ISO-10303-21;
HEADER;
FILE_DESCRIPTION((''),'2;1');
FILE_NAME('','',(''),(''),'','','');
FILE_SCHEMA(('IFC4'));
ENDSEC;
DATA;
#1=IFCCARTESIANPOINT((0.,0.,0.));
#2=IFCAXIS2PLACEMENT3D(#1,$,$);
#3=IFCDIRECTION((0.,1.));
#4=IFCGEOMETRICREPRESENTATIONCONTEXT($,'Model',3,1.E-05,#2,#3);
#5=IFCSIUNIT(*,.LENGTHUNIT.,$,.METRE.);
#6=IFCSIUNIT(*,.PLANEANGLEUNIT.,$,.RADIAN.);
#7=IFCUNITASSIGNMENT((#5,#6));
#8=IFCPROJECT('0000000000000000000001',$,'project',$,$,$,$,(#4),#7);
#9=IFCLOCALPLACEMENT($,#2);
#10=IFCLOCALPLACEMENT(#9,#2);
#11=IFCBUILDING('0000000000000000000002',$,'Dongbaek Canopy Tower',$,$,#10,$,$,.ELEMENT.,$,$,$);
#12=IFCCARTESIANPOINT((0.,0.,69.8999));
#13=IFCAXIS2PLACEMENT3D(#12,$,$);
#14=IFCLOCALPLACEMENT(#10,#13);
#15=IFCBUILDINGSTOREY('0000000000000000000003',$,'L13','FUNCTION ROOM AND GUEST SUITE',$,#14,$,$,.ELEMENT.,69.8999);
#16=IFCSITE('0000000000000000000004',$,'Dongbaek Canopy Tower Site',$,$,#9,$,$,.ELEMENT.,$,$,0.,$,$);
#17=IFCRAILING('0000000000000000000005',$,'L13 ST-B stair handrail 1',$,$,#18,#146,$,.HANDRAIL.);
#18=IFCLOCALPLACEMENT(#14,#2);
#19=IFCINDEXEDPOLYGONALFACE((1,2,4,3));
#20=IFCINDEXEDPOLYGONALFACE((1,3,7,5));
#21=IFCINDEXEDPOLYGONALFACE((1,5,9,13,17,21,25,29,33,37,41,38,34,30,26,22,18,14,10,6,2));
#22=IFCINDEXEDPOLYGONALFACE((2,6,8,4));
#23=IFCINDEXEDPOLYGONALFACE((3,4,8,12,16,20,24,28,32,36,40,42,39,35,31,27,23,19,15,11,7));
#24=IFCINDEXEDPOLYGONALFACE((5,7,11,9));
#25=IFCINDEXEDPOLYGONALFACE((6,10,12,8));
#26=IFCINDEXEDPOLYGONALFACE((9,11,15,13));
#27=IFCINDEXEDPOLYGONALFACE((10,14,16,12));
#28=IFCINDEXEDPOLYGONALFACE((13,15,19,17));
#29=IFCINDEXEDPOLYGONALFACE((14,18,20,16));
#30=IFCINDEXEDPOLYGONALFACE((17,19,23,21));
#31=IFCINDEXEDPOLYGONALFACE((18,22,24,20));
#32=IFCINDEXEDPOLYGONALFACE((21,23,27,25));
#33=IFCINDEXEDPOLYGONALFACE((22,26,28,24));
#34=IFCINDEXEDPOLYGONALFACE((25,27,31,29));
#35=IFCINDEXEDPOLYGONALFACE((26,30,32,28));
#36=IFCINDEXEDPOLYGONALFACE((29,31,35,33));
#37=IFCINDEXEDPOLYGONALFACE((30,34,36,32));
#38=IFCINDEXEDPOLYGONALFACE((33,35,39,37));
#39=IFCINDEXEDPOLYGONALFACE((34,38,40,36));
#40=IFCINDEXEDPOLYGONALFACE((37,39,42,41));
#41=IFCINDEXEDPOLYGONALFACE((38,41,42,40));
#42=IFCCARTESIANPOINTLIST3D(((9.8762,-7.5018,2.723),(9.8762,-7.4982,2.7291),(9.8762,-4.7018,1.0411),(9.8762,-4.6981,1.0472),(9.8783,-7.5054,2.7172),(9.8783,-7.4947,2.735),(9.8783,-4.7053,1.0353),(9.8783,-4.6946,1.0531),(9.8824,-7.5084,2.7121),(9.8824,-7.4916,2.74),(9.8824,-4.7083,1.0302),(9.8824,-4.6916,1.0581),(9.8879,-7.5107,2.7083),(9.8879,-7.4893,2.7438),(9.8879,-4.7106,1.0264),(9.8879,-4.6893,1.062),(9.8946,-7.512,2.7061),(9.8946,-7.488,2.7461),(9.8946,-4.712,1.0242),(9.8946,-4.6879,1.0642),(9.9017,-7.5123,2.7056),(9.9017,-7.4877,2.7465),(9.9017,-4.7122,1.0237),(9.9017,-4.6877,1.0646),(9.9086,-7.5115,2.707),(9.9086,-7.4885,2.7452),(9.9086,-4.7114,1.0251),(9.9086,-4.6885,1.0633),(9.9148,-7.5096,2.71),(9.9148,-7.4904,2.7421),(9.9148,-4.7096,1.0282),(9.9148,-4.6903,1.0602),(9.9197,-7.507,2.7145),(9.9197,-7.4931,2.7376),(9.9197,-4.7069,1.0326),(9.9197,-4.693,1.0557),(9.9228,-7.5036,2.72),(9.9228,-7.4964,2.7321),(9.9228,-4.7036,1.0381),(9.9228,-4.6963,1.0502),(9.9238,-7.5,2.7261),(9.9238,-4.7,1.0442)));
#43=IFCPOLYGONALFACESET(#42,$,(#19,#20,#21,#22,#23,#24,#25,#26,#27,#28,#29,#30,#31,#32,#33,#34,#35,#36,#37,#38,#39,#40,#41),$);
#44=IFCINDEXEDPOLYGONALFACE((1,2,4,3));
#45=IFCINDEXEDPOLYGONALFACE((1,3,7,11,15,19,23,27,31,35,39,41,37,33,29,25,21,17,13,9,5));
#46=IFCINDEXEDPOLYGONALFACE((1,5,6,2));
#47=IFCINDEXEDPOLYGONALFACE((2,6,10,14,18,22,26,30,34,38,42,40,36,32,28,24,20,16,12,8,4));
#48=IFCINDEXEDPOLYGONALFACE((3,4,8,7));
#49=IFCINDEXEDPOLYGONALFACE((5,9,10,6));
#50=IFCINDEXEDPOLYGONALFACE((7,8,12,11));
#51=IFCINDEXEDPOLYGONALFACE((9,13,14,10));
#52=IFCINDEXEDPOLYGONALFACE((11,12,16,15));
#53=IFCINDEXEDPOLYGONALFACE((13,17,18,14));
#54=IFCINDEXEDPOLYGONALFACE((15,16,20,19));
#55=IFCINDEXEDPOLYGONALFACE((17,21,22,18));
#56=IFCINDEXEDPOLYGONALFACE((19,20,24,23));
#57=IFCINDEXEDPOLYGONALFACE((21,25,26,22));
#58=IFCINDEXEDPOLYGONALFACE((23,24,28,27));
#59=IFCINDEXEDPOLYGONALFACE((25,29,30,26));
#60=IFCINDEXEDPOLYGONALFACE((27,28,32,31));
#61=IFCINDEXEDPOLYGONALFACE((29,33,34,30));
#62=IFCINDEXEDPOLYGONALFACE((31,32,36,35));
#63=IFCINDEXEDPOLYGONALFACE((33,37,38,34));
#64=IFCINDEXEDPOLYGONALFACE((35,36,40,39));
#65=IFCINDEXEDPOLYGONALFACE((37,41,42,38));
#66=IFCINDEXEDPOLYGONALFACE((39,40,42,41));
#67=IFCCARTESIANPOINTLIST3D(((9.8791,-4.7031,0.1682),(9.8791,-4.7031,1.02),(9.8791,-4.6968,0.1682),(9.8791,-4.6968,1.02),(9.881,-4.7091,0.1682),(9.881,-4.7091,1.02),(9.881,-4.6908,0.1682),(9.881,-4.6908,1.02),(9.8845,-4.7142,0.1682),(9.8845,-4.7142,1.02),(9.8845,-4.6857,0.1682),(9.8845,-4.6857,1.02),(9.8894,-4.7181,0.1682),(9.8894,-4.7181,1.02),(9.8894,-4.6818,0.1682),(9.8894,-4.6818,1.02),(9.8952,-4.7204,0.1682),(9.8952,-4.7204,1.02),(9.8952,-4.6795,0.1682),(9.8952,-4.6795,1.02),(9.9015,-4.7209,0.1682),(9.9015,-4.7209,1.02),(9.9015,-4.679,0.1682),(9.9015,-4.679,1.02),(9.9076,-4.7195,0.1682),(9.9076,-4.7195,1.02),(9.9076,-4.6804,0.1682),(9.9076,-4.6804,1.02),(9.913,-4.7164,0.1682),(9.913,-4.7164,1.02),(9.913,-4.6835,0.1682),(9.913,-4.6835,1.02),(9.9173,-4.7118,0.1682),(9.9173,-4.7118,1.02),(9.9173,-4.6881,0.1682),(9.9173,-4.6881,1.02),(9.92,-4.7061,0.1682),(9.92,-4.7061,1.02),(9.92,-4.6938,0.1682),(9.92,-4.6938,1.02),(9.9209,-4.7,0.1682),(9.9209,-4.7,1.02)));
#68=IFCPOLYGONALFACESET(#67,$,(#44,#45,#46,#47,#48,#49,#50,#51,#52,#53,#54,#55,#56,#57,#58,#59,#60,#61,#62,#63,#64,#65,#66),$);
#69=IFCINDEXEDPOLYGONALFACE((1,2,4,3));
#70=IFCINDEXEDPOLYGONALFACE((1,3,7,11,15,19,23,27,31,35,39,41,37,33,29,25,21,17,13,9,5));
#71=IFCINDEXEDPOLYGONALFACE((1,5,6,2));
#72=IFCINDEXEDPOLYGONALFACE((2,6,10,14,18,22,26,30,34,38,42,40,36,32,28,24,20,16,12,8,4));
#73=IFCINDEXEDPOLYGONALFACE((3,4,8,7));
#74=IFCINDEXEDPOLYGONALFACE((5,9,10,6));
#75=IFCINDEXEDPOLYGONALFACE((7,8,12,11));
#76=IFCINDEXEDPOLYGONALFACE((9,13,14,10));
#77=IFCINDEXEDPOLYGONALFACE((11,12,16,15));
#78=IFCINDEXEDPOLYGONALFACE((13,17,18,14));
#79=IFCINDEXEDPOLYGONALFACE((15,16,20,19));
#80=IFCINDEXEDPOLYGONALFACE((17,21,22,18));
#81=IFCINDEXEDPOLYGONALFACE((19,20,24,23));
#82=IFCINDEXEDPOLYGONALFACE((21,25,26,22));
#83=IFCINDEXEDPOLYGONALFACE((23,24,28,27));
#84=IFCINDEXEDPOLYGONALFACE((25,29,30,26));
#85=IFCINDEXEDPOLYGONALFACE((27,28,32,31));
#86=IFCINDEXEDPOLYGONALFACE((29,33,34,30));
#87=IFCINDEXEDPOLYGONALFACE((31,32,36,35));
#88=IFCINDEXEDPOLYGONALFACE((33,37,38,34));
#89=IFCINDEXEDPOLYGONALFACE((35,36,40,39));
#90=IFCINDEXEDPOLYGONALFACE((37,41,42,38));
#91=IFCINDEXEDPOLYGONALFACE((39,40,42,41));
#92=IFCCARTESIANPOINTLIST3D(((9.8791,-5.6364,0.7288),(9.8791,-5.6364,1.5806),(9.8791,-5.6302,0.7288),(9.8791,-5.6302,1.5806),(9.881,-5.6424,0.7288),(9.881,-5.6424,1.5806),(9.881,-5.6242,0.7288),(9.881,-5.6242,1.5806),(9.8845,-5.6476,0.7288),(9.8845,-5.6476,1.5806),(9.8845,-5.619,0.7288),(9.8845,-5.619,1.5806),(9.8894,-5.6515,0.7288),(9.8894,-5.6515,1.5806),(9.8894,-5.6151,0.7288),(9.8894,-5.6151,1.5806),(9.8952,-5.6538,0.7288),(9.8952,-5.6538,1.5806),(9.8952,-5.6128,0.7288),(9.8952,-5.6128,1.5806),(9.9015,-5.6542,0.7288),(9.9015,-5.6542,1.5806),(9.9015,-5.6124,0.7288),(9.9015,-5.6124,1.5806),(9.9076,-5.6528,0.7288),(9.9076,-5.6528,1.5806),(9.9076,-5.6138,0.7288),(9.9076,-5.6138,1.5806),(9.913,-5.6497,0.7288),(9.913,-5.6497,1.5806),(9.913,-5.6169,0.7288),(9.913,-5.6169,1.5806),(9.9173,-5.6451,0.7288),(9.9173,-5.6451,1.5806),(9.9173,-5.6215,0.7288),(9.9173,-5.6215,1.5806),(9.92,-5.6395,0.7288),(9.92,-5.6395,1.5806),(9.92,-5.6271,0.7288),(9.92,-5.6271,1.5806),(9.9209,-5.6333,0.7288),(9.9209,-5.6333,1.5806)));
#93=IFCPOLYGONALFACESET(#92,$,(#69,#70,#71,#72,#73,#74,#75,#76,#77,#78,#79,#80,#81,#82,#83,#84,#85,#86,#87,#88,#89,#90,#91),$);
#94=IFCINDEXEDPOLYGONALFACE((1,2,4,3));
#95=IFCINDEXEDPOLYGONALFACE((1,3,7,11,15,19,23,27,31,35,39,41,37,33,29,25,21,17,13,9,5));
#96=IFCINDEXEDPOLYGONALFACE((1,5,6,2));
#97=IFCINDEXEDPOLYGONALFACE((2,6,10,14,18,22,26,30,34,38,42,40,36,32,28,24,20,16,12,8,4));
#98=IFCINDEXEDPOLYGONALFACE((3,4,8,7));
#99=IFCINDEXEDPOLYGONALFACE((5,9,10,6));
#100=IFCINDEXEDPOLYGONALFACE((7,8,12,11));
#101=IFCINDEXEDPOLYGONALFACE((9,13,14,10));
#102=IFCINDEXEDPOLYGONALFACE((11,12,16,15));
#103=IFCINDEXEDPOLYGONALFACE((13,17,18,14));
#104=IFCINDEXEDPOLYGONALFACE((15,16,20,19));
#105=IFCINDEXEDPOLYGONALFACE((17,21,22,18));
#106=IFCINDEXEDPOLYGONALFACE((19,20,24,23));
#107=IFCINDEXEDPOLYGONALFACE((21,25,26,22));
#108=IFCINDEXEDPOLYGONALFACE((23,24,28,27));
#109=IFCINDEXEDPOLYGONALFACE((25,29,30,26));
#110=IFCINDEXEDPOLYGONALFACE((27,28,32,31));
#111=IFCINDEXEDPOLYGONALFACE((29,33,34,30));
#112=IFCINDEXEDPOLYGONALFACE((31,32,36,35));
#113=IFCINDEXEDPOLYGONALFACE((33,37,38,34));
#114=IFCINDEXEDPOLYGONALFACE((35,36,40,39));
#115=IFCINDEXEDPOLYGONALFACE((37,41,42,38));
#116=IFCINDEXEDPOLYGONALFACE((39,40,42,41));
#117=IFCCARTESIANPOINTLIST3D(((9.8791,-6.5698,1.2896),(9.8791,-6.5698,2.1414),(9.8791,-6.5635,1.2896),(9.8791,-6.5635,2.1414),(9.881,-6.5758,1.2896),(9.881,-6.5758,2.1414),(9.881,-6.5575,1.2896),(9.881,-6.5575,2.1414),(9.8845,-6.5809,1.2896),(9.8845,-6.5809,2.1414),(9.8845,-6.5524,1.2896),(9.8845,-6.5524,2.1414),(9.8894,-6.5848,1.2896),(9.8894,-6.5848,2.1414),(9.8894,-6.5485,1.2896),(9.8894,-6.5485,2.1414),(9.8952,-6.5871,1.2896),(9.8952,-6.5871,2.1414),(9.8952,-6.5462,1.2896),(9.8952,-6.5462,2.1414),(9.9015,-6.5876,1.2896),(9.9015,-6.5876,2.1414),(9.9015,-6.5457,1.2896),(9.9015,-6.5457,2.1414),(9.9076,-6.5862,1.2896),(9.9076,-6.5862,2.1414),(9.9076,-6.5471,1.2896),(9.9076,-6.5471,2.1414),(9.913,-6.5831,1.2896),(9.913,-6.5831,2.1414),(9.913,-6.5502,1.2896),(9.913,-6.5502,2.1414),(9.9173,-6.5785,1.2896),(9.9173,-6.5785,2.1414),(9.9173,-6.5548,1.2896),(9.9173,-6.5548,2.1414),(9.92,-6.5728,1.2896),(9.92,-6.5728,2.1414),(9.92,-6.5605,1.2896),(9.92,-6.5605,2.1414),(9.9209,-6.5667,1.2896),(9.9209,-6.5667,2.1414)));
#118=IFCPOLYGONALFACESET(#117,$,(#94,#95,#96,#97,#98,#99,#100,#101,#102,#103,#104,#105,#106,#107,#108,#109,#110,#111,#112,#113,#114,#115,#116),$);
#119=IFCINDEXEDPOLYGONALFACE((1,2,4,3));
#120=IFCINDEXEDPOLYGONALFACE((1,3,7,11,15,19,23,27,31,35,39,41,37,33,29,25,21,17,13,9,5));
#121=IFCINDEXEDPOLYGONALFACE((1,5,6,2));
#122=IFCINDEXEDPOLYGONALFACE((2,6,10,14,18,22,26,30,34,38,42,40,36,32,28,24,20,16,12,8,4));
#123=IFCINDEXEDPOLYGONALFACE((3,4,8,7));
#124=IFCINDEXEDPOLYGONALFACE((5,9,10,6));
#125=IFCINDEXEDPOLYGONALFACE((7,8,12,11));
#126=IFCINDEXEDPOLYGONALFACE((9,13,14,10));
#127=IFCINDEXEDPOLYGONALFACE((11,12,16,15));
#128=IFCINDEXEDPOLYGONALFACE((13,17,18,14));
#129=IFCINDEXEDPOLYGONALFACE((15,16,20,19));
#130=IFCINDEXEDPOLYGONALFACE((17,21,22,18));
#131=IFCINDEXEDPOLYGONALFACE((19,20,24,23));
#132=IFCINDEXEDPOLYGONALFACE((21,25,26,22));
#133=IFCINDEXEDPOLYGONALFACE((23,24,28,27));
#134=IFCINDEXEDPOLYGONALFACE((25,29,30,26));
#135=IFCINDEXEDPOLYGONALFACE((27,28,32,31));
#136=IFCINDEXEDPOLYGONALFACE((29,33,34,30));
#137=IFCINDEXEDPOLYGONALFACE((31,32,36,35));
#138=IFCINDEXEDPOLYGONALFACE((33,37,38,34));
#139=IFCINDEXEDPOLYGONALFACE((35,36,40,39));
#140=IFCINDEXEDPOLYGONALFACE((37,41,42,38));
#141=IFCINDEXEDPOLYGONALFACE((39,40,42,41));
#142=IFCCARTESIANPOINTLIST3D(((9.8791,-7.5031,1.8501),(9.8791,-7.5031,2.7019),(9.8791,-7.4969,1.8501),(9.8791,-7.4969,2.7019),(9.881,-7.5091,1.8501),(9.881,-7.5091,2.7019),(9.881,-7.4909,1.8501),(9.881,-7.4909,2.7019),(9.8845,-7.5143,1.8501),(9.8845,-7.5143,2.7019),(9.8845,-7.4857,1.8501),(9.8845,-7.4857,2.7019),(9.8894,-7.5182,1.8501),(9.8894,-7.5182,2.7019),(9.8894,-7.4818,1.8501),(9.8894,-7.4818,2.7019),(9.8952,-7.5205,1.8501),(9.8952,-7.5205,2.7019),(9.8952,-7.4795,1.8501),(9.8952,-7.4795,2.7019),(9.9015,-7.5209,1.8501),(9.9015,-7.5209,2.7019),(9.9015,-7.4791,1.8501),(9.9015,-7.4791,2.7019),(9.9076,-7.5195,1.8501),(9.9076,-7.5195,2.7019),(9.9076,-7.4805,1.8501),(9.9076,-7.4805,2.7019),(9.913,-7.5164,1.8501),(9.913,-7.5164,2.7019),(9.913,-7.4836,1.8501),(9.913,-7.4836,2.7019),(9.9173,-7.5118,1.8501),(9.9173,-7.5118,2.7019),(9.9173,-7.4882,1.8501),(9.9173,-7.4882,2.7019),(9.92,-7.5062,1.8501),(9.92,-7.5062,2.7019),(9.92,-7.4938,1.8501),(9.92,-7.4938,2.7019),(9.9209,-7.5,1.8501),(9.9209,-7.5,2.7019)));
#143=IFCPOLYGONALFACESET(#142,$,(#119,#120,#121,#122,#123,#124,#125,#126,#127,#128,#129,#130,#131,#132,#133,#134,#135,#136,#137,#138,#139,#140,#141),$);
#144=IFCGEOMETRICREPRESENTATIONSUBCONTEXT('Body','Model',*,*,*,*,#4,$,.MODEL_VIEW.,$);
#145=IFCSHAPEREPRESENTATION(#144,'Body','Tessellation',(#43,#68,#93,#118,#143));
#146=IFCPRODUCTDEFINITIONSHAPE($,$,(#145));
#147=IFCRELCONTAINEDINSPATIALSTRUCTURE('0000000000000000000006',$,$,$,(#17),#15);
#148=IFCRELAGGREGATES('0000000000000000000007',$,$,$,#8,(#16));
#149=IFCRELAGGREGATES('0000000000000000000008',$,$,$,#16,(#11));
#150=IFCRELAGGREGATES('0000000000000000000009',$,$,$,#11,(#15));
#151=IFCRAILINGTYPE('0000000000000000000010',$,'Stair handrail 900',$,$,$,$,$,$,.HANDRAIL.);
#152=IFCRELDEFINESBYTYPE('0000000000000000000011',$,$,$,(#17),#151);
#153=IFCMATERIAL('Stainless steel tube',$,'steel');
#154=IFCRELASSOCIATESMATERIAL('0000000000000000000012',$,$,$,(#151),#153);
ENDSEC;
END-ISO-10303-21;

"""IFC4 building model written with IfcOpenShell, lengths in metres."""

from ifc_helpers import new_model, si_unit, direction, frame, origin, origin_2d, place, context, subcontext, project, spatial, circle, extrude, material, type_object, element, save


model = new_model("IFC4")

# Units and contexts
model_context = context("Model", 3, precision=1e-05, world=origin(), true_north=direction((0.0, 1.0)))
body_context = subcontext(model_context, "Body", "Model", "MODEL_VIEW")
ifc_project = project(units=[si_unit("LENGTHUNIT", "METRE"), si_unit("PLANEANGLEUNIT", "RADIAN")], contexts=[model_context])

# Site, building, storey
site_placement = place(None, origin())
site = spatial("IfcSite", under=ifc_project, at=site_placement, Name="Dongbaek Canopy Tower Site", CompositionType="ELEMENT", RefElevation=0.0)
building_placement = place(site_placement, origin())
building = spatial("IfcBuilding", under=site, at=building_placement, Name="Dongbaek Canopy Tower", CompositionType="ELEMENT")
storey_placement = place(building_placement, frame((0.0, 0.0, 69.8999)))
storey = spatial("IfcBuildingStorey", under=building, at=storey_placement, Name="L13", Description="FUNCTION ROOM AND GUEST SUITE", CompositionType="ELEMENT", Elevation=69.8999)

# Railing
ifc_material_1 = material(Name="Stainless steel tube", Category="steel")
railing_type_1 = type_object("IfcRailingType", Name="Stair handrail 900", PredefinedType="HANDRAIL", material=ifc_material_1)
railing_1_placement = place(storey_placement, frame((9.8999, -4.7, 0.1682)))
element("IfcRailing", 1, at=railing_1_placement, inside=storey, type_object=railing_type_1, Name="L13 ST-B stair handrail 1", PredefinedType="HANDRAIL", context=body_context, shape_type="SweptSolid", body=[
    extrude(circle(Radius=0.0239, at=origin_2d()), frame((0.0, 0.0, 0.876), z_axis=(0.0, -0.857242, 0.514913), x_axis=(1.0, 0.0, 0.0)), (0.0, 0.0, 1.0), 3.2664),
    extrude(circle(Radius=0.021, at=origin_2d()), origin(), (0.0, 0.0, 1.0), 0.8518),
    extrude(circle(Radius=0.021, at=origin_2d()), frame((0.0, -0.9333, 0.5605)), (0.0, 0.0, 1.0), 0.8518),
    extrude(circle(Radius=0.021, at=origin_2d()), frame((0.0, -1.8667, 1.1213)), (0.0, 0.0, 1.0), 0.8518),
    extrude(circle(Radius=0.021, at=origin_2d()), frame((0.0, -2.8, 1.6819)), (0.0, 0.0, 1.0), 0.8518),
])

save(model, "model.ifc")
